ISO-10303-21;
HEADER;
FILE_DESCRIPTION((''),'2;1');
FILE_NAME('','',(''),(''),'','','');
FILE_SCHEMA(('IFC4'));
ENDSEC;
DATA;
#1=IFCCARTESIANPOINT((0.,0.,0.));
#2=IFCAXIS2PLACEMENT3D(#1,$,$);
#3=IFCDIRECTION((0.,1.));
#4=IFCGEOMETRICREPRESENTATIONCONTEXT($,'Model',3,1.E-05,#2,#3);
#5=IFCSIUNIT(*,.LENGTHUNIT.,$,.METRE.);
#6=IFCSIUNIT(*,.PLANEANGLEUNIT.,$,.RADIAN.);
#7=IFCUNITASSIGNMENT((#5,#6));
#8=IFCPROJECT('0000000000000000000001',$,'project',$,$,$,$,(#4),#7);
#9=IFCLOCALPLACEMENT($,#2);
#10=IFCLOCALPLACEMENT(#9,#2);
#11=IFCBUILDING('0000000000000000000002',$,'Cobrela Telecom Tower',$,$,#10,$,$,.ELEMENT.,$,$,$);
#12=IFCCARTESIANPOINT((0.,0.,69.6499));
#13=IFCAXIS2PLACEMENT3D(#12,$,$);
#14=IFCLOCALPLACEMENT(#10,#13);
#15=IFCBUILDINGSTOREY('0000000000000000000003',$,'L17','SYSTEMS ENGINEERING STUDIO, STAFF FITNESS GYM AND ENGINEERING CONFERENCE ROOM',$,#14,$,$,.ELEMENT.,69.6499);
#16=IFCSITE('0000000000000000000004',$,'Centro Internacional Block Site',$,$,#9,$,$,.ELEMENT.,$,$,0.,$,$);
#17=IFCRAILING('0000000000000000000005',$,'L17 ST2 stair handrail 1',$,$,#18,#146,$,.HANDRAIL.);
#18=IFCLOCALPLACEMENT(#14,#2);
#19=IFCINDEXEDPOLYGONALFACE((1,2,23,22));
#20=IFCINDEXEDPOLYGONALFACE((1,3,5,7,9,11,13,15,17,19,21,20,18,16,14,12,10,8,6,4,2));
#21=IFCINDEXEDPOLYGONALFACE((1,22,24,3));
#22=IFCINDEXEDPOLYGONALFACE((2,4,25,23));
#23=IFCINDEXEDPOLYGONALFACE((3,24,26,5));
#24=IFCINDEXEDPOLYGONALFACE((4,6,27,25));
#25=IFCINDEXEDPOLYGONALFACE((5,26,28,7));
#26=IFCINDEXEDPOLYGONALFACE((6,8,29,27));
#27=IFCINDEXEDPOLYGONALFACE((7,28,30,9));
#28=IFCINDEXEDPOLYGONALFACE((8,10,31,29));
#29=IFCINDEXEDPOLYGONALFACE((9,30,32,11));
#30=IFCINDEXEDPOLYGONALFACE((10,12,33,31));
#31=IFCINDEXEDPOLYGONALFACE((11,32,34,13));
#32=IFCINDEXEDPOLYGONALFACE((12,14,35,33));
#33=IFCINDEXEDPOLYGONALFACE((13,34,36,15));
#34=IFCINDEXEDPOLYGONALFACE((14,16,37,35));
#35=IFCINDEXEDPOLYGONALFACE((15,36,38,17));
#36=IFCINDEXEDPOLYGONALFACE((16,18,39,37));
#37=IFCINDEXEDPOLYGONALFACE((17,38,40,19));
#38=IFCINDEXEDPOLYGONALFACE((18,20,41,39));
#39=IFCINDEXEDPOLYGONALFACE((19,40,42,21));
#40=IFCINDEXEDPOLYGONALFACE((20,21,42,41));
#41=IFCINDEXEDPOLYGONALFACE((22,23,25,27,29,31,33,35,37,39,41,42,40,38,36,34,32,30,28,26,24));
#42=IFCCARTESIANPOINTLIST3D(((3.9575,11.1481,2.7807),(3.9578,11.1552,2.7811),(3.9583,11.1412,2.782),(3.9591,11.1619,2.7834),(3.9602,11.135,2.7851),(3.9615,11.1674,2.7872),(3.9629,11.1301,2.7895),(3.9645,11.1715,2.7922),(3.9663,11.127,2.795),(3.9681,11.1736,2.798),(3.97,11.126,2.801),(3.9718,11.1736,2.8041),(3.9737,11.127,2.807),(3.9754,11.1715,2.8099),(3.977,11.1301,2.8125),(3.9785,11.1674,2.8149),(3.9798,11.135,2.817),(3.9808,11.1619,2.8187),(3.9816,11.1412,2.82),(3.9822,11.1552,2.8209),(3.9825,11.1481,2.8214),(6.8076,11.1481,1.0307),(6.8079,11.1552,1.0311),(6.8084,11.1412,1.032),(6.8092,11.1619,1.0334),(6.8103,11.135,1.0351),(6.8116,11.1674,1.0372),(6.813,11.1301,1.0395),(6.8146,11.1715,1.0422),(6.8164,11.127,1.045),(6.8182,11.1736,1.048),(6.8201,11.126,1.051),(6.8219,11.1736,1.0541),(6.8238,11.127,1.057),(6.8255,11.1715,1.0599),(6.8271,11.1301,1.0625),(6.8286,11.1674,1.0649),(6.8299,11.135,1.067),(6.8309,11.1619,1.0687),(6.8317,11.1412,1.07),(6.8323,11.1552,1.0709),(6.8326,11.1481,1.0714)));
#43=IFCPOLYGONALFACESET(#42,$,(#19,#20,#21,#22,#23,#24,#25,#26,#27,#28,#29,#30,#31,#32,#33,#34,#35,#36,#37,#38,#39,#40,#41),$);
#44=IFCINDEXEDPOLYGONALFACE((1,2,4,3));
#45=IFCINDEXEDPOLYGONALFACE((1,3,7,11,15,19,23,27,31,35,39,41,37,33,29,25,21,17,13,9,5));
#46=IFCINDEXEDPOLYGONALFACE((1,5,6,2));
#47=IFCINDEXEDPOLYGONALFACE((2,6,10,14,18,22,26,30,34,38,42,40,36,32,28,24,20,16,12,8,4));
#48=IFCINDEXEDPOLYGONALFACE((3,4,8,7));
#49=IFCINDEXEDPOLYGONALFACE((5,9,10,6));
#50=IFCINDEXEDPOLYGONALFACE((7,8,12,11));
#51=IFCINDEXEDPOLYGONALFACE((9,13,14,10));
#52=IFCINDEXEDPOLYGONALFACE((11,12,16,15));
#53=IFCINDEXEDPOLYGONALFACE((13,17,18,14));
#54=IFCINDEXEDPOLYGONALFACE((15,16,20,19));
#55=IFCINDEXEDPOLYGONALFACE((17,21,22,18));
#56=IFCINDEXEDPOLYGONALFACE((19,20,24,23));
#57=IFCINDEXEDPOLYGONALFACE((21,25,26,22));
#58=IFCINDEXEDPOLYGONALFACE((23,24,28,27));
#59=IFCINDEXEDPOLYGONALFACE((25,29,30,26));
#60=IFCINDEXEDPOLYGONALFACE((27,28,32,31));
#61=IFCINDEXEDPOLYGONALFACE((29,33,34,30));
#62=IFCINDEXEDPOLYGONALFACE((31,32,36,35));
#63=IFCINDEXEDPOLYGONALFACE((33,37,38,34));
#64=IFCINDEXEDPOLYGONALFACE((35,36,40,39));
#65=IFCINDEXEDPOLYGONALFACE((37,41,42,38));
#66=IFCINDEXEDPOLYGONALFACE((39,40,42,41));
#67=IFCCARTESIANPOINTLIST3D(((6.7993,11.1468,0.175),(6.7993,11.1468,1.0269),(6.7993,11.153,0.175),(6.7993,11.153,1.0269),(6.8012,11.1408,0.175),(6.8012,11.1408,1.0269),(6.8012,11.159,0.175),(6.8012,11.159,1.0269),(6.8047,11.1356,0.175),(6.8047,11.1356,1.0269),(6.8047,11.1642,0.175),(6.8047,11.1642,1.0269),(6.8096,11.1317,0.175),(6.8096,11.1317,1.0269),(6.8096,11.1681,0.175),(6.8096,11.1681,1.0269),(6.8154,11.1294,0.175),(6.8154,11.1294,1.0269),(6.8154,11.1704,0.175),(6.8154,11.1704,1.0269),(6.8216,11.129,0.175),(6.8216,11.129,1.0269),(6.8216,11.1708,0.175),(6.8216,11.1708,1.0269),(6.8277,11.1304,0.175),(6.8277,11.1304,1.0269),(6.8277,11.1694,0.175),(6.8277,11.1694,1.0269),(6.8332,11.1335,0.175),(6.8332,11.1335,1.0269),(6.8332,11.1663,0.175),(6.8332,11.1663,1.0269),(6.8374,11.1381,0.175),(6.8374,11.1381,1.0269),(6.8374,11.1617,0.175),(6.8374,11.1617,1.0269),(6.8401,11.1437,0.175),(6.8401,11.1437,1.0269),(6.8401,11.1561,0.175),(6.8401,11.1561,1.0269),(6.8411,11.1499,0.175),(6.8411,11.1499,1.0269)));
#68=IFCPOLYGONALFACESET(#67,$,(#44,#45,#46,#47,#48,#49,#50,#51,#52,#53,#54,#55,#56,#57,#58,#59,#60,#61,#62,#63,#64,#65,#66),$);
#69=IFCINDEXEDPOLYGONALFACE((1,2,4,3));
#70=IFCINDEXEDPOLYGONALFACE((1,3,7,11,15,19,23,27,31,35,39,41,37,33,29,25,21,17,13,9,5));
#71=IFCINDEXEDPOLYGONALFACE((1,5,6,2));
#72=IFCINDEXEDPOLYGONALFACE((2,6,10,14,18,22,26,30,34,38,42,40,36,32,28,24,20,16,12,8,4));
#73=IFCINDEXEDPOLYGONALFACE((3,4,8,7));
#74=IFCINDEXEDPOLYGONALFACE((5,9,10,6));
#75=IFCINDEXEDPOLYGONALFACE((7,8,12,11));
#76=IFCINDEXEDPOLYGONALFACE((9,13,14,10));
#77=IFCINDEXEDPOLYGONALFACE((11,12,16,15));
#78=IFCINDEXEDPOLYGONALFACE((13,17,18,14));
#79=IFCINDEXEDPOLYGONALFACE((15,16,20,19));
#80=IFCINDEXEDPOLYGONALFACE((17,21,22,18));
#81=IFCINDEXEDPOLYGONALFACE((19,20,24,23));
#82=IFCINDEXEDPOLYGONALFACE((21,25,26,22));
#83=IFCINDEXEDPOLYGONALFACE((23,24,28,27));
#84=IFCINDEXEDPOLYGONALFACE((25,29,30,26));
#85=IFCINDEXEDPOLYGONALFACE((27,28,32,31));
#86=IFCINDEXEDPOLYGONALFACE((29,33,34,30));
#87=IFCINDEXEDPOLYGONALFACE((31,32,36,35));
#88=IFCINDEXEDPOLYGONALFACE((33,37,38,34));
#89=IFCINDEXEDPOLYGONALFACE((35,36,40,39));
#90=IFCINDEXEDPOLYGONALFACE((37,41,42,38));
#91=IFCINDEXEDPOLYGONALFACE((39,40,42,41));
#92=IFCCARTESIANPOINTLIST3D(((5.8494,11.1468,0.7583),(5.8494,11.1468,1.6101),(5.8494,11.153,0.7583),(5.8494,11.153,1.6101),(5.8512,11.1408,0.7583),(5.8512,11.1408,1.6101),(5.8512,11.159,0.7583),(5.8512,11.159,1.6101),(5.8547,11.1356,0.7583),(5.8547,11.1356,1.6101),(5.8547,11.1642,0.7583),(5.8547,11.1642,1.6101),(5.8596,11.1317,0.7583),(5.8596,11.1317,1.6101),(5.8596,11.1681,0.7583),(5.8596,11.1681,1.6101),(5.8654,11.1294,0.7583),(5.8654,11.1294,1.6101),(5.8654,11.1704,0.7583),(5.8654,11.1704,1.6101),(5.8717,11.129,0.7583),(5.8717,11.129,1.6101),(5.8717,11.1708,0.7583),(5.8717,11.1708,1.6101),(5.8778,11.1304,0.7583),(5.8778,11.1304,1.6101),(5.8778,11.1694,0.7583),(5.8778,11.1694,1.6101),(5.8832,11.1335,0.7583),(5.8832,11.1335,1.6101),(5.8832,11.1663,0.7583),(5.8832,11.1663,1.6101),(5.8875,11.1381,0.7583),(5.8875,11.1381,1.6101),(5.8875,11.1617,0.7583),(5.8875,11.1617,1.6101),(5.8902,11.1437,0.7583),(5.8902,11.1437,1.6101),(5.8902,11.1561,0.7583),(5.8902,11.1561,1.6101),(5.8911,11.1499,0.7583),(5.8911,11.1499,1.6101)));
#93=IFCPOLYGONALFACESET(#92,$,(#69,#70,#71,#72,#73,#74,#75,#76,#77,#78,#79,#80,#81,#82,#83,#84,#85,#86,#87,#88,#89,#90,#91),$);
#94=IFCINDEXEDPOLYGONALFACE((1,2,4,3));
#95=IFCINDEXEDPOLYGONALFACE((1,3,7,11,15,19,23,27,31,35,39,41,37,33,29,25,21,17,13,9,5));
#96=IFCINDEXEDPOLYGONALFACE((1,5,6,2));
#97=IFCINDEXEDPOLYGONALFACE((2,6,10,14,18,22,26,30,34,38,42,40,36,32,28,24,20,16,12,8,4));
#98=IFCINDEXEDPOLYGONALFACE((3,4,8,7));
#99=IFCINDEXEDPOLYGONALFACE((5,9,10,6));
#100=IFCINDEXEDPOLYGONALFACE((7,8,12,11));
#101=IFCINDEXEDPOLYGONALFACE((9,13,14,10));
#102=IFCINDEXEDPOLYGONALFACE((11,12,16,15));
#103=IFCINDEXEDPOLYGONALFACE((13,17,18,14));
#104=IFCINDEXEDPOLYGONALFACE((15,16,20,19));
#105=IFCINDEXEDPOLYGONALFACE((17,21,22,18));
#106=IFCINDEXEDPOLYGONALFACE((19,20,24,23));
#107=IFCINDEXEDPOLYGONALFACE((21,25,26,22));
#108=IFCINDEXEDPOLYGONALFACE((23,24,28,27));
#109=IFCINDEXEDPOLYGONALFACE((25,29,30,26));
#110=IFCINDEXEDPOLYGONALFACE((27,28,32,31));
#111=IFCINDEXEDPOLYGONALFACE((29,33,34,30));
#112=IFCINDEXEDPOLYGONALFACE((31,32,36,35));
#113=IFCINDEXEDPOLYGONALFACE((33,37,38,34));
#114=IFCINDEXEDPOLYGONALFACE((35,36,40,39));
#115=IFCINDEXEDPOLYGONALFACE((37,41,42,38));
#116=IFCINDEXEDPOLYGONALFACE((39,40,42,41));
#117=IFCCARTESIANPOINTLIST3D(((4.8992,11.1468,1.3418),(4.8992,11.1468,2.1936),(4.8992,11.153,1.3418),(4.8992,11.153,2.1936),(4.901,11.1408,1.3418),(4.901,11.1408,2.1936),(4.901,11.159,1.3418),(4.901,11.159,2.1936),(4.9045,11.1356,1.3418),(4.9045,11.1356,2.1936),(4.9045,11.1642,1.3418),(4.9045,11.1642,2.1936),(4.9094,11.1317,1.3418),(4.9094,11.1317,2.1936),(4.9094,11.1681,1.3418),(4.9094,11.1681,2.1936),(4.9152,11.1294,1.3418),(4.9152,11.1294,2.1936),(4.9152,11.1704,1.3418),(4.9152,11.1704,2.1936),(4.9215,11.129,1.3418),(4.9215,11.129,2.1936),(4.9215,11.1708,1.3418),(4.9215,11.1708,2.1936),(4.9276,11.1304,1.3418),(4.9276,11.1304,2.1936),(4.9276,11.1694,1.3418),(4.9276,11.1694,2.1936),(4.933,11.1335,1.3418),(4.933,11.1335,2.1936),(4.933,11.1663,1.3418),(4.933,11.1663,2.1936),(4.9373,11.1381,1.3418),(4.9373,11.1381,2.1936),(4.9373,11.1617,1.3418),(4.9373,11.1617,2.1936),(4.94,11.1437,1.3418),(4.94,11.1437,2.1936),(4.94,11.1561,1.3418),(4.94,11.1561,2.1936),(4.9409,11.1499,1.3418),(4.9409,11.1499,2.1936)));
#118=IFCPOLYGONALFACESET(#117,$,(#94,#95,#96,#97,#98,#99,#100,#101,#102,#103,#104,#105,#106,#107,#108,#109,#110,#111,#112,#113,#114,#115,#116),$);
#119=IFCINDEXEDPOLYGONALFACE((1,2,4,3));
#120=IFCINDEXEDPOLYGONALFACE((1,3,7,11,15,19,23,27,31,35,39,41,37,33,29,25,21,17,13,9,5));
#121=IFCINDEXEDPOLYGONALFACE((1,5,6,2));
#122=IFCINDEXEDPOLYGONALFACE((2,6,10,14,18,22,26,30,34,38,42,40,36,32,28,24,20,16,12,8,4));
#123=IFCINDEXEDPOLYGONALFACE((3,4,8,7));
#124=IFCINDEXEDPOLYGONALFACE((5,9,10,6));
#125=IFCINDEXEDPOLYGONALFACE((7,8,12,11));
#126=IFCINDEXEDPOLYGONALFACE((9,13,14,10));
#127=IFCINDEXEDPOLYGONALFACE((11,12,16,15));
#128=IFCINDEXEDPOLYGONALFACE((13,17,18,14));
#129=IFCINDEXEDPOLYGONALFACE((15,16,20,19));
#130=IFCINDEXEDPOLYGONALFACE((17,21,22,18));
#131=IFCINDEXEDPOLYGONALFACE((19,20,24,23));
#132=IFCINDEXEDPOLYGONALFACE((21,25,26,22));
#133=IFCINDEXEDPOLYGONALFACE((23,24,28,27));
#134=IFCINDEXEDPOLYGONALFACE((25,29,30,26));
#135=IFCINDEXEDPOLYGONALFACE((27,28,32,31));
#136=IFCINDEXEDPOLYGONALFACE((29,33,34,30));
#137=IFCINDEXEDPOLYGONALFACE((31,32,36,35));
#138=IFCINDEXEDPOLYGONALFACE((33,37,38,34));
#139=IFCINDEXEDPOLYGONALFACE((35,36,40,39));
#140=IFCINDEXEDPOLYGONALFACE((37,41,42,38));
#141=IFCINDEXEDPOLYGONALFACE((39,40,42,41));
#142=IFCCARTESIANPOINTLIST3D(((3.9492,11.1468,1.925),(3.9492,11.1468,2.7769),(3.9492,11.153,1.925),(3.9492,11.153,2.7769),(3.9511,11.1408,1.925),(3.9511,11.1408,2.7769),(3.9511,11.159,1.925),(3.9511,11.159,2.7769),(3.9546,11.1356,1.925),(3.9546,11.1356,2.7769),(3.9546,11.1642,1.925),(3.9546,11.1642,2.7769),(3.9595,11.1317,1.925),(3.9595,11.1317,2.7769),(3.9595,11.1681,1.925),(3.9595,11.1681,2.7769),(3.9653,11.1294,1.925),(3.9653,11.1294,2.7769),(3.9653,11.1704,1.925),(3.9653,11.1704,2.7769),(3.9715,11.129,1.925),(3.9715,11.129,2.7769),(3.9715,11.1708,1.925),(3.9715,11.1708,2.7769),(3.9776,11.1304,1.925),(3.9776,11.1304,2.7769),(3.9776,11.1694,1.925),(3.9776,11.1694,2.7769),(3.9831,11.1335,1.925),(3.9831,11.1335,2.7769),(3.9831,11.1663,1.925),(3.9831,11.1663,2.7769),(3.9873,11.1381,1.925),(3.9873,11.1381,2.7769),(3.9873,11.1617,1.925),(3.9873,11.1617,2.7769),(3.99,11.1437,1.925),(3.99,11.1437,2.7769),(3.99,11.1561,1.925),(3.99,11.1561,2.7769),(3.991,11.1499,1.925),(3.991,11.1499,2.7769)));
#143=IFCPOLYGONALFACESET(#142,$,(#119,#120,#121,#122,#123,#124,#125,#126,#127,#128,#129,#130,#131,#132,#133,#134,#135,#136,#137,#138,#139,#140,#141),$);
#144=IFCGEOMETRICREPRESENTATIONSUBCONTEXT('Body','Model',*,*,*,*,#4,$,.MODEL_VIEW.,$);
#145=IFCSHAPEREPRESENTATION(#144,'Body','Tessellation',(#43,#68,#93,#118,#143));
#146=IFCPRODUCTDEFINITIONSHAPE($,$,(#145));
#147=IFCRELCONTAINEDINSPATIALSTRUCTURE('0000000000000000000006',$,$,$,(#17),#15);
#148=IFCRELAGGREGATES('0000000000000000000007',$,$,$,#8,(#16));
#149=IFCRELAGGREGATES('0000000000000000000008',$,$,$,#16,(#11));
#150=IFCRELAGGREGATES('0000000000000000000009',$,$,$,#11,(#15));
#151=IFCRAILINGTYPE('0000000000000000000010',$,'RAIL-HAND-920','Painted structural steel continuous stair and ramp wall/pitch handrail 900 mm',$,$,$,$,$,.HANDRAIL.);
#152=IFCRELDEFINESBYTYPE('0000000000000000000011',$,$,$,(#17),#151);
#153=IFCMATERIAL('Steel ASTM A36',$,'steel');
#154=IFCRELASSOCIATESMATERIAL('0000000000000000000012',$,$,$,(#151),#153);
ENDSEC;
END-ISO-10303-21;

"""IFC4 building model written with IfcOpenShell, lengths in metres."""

from ifc_helpers import new_model, si_unit, direction, frame, origin, origin_2d, place, context, subcontext, project, spatial, circle, extrude, material, type_object, element, save


model = new_model("IFC4")

# Units and contexts
model_context = context("Model", 3, precision=1e-05, world=origin(), true_north=direction((0.0, 1.0)))
body_context = subcontext(model_context, "Body", "Model", "MODEL_VIEW")
ifc_project = project(units=[si_unit("LENGTHUNIT", "METRE"), si_unit("PLANEANGLEUNIT", "RADIAN")], contexts=[model_context])

# Site, building, storey
site_placement = place(None, origin())
site = spatial("IfcSite", under=ifc_project, at=site_placement, Name="Centro Internacional Block Site", CompositionType="ELEMENT", RefElevation=0.0)
building_placement = place(site_placement, origin())
building = spatial("IfcBuilding", under=site, at=building_placement, Name="Cobrela Telecom Tower", CompositionType="ELEMENT")
storey_placement = place(building_placement, frame((0.0, 0.0, 69.6499)))
storey = spatial("IfcBuildingStorey", under=building, at=storey_placement, Name="L17", Description="SYSTEMS ENGINEERING STUDIO, STAFF FITNESS GYM AND ENGINEERING CONFERENCE ROOM", CompositionType="ELEMENT", Elevation=69.6499)

# Railing
ifc_material_1 = material(Name="Steel ASTM A36", Category="steel")
railing_type_1 = type_object("IfcRailingType", Name="RAIL-HAND-920", Description="Painted structural steel continuous stair and ramp wall/pitch handrail 900 mm", PredefinedType="HANDRAIL", material=ifc_material_1)
railing_1_placement = place(storey_placement, frame((6.8201, 11.1499, 0.175)))
element("IfcRailing", 1, at=railing_1_placement, inside=storey, type_object=railing_type_1, Name="L17 ST2 stair handrail 1", PredefinedType="HANDRAIL", context=body_context, shape_type="SweptSolid", body=[
    extrude(circle(Radius=0.0239, at=origin_2d()), frame((0.0, 0.0, 0.876), z_axis=(-0.852179, 0.0, 0.52325), x_axis=(0.0, -1.0, 0.0)), (0.0, 0.0, 1.0), 3.3445),
    extrude(circle(Radius=0.021, at=origin_2d()), origin(), (0.0, 0.0, 1.0), 0.8518),
    extrude(circle(Radius=0.021, at=origin_2d()), frame((-0.95, 0.0, 0.5833)), (0.0, 0.0, 1.0), 0.8518),
    extrude(circle(Radius=0.021, at=origin_2d()), frame((-1.9001, 0.0, 1.1667)), (0.0, 0.0, 1.0), 0.8518),
    extrude(circle(Radius=0.021, at=origin_2d()), frame((-2.8501, 0.0, 1.75)), (0.0, 0.0, 1.0), 0.8518),
])

save(model, "model.ifc")
